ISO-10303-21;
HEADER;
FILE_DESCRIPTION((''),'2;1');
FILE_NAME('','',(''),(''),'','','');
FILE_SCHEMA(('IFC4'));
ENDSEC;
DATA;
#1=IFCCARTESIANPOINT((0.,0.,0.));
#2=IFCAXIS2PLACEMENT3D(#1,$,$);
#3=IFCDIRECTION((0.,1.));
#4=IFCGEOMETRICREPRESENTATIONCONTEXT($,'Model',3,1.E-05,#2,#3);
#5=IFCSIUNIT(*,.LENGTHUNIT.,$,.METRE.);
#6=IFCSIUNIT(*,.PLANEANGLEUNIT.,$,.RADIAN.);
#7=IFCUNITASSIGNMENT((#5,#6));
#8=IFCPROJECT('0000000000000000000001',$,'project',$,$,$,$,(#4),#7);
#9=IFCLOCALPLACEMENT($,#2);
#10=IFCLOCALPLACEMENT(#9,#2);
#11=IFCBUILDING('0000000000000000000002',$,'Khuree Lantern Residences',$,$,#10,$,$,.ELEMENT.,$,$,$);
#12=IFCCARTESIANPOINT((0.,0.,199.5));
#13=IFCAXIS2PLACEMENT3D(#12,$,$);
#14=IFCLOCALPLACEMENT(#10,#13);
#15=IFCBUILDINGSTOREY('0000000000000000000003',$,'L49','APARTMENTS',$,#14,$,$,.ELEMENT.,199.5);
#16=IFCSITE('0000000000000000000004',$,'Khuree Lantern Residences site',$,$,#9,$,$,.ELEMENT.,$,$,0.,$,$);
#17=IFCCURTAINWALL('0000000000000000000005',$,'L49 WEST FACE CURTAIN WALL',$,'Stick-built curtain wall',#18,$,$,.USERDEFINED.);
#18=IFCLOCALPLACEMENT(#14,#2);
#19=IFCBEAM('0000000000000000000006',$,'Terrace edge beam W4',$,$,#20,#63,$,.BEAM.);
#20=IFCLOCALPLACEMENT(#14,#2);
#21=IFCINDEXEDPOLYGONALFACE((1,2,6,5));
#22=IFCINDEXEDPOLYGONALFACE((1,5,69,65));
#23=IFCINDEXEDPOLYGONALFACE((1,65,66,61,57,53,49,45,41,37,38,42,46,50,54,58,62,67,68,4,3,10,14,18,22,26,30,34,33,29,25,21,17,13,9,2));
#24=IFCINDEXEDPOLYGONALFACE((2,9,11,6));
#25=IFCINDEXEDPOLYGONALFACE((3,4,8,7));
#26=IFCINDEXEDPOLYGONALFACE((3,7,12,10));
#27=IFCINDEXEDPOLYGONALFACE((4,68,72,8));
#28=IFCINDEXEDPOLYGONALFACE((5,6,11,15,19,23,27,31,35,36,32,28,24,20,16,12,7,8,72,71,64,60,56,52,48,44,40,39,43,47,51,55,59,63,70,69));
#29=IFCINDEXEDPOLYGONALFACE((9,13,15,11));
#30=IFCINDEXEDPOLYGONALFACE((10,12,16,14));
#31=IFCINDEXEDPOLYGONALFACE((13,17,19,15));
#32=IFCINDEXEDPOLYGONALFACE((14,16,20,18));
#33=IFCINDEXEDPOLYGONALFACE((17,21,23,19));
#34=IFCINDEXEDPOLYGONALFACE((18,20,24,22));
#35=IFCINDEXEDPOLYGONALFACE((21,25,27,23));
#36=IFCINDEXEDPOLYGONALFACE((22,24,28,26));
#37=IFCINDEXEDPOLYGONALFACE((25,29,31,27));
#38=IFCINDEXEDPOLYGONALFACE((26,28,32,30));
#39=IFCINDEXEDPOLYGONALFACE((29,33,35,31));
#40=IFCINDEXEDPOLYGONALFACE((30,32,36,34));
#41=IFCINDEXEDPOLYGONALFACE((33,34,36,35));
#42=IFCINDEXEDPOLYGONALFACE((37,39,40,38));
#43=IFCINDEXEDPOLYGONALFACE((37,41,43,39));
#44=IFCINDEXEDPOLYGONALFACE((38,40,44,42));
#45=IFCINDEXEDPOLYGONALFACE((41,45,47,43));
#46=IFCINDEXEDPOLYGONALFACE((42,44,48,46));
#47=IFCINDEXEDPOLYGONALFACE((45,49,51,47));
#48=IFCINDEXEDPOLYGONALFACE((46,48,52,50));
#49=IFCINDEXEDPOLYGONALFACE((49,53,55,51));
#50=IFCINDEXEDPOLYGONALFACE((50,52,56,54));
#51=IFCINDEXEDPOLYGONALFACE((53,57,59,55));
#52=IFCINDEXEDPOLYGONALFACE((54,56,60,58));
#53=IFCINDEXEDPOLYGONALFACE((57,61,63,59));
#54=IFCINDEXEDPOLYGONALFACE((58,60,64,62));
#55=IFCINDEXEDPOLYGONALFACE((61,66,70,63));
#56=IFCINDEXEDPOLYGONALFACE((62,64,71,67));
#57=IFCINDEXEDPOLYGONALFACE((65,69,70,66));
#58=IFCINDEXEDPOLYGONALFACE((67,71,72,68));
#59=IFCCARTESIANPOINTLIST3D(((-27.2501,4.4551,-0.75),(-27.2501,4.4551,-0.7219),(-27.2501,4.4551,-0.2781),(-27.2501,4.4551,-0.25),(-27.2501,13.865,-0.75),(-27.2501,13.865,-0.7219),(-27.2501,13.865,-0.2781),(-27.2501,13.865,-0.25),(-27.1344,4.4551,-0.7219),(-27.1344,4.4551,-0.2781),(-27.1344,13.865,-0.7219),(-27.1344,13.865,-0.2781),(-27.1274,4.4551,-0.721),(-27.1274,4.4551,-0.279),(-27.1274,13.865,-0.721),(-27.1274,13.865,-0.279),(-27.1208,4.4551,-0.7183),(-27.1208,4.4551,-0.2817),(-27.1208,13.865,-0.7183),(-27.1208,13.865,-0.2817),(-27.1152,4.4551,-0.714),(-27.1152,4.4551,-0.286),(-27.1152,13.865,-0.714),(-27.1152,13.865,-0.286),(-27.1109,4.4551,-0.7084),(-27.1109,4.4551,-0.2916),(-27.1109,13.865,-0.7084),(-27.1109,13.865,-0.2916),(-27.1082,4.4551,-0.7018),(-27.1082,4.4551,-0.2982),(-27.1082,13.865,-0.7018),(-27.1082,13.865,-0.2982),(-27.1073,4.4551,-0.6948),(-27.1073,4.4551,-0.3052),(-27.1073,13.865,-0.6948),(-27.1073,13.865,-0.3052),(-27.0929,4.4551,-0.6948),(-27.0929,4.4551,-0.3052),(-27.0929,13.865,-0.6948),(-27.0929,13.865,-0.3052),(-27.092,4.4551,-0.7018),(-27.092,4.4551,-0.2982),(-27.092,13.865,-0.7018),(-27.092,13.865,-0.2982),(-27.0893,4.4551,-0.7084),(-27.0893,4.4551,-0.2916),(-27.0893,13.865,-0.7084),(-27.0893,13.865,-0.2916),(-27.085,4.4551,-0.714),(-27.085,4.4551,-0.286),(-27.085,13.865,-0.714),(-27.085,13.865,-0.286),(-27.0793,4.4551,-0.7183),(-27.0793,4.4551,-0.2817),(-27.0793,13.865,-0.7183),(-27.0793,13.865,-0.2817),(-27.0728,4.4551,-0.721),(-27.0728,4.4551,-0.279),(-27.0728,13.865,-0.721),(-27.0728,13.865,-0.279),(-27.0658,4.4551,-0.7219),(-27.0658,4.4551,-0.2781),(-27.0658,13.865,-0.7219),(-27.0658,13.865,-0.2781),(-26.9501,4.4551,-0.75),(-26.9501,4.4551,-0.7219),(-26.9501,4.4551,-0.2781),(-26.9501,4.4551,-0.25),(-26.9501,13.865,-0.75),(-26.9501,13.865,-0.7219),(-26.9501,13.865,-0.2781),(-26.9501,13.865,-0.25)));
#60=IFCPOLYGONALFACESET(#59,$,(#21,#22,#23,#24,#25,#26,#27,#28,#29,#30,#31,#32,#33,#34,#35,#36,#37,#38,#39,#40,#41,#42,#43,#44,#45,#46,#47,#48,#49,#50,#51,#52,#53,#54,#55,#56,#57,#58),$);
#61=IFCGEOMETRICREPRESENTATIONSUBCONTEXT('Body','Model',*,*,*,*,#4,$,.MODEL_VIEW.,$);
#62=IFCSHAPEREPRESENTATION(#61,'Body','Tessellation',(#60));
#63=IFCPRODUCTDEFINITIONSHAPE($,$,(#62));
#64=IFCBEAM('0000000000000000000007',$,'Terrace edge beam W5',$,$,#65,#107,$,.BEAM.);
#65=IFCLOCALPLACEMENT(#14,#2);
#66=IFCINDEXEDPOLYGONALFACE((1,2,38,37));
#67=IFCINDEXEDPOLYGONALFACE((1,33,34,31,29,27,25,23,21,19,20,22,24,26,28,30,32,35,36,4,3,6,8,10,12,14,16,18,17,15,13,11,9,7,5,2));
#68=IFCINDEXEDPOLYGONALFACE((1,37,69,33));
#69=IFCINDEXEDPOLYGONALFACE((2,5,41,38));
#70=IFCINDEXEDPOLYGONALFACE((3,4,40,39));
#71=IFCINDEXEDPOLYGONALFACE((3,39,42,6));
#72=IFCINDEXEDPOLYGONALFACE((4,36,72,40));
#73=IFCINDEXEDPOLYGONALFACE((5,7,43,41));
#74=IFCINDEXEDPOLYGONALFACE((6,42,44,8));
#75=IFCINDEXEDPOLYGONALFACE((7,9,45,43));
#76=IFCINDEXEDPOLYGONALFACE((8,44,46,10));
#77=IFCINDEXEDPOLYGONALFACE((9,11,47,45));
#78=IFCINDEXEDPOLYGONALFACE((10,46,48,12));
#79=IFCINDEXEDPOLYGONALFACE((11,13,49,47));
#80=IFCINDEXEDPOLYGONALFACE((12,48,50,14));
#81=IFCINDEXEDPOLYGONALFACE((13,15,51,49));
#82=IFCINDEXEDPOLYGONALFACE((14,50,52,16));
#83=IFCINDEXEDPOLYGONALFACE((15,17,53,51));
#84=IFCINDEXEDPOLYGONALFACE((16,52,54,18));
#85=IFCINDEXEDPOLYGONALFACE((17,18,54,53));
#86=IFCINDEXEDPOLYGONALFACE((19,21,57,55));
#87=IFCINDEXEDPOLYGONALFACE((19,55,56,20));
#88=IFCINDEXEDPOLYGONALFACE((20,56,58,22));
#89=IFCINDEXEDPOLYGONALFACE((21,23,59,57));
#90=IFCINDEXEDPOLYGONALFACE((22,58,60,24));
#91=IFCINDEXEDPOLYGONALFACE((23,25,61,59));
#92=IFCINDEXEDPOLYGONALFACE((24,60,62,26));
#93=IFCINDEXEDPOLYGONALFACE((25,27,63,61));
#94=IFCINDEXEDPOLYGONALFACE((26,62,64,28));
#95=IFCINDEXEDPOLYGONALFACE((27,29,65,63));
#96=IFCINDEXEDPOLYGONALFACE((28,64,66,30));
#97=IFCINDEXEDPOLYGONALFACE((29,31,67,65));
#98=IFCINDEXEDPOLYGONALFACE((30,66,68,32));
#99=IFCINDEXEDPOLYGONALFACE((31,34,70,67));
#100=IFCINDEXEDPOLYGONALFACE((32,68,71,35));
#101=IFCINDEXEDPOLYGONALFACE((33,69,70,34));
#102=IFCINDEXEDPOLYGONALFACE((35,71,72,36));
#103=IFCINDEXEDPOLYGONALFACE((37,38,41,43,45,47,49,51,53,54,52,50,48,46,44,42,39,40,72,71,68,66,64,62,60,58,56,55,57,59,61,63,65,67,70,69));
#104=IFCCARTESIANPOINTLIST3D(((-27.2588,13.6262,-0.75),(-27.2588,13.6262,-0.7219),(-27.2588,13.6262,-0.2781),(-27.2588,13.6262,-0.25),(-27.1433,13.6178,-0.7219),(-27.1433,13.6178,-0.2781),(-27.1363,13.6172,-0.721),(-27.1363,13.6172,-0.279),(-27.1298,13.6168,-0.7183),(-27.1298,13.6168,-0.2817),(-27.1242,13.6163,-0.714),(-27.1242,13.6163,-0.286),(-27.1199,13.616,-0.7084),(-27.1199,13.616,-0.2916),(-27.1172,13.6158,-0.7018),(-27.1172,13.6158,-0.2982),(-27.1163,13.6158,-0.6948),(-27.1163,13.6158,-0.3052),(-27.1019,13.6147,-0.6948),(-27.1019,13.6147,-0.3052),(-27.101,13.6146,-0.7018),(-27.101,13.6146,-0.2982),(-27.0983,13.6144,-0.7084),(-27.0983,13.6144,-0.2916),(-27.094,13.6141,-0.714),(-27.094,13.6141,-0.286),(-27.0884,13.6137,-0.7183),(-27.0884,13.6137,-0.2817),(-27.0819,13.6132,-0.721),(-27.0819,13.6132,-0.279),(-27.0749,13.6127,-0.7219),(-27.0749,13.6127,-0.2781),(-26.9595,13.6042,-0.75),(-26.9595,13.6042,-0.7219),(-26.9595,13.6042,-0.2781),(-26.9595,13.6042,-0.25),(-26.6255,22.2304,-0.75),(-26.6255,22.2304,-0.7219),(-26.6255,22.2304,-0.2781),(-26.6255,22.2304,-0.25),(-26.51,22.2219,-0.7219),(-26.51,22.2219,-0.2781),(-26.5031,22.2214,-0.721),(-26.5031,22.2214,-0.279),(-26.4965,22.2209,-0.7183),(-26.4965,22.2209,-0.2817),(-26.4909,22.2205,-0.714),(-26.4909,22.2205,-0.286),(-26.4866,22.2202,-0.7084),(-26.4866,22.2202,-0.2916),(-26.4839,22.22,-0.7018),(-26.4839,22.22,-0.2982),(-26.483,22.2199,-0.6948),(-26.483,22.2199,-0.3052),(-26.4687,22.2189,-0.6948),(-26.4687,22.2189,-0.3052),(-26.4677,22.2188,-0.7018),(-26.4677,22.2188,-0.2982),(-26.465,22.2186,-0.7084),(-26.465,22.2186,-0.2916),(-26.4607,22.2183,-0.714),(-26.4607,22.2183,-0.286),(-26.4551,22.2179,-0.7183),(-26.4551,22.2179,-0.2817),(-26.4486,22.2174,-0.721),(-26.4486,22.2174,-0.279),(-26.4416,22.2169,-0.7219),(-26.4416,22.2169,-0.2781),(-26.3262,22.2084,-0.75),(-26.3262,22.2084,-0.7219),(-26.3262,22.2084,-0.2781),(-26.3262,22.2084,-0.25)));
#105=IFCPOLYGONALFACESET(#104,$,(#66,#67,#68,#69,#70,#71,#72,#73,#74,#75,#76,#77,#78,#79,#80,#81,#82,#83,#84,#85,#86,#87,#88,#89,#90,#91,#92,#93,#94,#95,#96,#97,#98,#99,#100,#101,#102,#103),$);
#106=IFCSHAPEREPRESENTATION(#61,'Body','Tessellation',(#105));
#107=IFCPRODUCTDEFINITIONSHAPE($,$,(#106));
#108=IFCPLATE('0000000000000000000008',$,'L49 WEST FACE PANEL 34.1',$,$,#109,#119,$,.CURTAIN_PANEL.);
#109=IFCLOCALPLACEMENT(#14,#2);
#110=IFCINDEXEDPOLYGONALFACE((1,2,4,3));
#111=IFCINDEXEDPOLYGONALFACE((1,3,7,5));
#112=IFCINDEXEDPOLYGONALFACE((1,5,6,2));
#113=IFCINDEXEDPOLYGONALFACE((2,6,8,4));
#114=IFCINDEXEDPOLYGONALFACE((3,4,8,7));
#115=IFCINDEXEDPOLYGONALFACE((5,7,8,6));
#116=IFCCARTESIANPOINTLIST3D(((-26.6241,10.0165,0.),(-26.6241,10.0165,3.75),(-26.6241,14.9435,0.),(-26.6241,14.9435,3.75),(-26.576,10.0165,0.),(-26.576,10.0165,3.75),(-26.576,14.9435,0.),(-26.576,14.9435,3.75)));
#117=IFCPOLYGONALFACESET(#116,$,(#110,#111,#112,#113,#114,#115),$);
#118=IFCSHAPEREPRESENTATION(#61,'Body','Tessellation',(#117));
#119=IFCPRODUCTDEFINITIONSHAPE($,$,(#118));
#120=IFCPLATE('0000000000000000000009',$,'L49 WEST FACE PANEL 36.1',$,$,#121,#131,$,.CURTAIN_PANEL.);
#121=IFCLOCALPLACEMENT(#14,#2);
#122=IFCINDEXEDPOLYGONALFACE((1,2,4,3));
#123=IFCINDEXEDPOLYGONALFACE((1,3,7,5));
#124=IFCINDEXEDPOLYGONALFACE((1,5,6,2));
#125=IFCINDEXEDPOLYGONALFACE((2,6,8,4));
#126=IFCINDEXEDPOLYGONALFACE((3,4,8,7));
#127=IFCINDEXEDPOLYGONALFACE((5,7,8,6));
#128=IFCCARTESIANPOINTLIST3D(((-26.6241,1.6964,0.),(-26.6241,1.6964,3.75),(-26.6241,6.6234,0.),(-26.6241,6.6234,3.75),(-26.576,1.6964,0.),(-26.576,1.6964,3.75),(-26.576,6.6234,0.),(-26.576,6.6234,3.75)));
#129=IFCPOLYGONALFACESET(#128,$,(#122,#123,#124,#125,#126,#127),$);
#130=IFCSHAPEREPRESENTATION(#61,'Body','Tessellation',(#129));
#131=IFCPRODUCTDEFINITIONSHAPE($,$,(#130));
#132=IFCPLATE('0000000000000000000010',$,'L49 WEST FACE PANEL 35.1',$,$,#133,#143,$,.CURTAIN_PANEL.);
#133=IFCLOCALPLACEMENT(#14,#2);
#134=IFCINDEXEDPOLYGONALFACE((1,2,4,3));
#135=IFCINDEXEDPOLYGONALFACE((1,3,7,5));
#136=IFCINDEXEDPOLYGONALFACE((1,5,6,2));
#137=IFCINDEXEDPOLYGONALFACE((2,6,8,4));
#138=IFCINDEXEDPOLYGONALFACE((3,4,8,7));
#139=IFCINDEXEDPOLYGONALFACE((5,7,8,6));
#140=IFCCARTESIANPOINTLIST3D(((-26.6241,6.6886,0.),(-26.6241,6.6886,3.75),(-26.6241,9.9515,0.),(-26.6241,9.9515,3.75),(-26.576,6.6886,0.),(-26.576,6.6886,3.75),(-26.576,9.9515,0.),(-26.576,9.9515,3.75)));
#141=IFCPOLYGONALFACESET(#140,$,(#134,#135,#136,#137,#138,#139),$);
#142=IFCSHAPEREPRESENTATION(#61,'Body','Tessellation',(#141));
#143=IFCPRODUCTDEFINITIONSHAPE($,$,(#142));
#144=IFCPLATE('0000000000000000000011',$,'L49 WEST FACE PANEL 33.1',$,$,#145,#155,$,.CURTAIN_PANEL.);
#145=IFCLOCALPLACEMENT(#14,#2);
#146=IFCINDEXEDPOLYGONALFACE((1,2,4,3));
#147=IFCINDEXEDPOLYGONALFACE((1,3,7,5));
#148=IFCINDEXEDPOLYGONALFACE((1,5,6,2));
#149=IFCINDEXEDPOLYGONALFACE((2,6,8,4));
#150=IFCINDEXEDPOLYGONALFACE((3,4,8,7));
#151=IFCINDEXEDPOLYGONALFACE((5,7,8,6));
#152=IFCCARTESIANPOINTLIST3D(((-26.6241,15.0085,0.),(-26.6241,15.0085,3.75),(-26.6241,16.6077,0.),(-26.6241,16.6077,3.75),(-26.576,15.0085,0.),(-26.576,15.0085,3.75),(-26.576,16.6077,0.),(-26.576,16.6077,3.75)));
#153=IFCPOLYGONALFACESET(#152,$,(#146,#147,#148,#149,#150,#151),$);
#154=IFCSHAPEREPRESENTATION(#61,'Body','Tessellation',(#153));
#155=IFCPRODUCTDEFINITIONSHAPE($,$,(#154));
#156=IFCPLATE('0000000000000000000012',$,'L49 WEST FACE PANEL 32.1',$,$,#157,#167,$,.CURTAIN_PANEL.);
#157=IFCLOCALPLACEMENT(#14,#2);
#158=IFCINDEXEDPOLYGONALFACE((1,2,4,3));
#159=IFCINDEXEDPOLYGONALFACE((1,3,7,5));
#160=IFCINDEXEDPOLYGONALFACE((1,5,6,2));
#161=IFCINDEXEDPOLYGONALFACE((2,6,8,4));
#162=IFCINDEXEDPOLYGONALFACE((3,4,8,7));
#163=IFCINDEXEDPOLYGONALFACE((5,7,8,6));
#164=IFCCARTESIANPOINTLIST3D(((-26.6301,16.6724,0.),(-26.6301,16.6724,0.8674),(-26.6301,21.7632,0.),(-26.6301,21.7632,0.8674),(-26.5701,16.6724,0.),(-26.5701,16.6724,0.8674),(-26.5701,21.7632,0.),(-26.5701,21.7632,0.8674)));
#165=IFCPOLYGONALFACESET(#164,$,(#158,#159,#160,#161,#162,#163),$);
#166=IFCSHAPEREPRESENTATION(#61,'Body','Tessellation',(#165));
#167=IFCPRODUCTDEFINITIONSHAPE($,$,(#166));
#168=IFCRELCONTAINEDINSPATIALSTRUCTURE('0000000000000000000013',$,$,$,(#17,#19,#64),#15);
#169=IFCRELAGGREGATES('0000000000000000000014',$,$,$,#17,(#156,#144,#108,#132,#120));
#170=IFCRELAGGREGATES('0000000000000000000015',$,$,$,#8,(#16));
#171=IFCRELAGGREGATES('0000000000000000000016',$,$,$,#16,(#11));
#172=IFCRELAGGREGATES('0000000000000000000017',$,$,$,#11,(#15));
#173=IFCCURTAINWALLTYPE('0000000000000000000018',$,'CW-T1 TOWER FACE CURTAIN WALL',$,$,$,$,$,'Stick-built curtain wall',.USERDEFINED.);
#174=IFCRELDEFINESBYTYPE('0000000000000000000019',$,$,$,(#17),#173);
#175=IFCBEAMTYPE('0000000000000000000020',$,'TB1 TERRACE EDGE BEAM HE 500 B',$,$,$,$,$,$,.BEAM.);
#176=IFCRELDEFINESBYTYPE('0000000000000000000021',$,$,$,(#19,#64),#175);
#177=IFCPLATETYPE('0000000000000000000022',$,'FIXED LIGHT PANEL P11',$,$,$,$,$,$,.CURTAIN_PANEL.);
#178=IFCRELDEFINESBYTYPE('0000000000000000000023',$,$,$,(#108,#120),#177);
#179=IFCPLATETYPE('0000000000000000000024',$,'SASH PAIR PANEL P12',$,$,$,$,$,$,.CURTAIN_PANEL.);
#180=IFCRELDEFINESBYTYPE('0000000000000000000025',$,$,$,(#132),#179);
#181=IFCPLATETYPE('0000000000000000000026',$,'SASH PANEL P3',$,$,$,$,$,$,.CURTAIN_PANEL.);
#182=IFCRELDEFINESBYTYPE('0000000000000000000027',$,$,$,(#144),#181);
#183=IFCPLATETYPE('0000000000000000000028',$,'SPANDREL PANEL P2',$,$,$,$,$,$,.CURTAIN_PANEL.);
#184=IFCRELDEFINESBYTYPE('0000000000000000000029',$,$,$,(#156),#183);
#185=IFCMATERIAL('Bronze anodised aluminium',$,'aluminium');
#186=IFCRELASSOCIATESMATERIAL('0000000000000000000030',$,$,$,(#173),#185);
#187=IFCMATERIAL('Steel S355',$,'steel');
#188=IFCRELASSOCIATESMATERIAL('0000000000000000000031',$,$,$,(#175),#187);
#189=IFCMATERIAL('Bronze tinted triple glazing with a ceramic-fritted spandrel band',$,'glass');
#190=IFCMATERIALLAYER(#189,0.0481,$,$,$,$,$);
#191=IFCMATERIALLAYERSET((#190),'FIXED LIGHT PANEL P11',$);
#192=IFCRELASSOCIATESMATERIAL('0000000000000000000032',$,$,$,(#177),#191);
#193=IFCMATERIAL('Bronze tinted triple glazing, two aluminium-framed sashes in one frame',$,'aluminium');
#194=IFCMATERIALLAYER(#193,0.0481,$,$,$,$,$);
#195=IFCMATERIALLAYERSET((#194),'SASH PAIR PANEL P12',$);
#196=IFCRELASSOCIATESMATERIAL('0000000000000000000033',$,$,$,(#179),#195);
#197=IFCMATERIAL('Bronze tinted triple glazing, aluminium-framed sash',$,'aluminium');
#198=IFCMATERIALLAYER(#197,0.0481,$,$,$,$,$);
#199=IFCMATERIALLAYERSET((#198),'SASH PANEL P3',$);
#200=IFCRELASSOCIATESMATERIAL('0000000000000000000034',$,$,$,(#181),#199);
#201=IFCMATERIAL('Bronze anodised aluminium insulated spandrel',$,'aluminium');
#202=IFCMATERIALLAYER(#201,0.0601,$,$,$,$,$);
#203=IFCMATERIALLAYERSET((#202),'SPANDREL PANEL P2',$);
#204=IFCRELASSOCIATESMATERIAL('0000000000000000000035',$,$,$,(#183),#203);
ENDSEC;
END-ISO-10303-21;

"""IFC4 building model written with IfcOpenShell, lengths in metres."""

from ifc_helpers import new_model, si_unit, direction, frame, origin, origin_2d, place, context, subcontext, project, spatial, rectangle, i_section, extrude, material, layer, layer_set, material_profile, profile_set, type_object, element, aggregate, save


model = new_model("IFC4")

# Units and contexts
model_context = context("Model", 3, precision=1e-05, world=origin(), true_north=direction((0.0, 1.0)))
body_context = subcontext(model_context, "Body", "Model", "MODEL_VIEW")
ifc_project = project(units=[si_unit("LENGTHUNIT", "METRE"), si_unit("PLANEANGLEUNIT", "RADIAN")], contexts=[model_context])

# Site, building, storey
site_placement = place(None, origin())
site = spatial("IfcSite", under=ifc_project, at=site_placement, Name="Khuree Lantern Residences site", CompositionType="ELEMENT", RefElevation=0.0)
building_placement = place(site_placement, origin())
building = spatial("IfcBuilding", under=site, at=building_placement, Name="Khuree Lantern Residences", CompositionType="ELEMENT")
storey_placement = place(building_placement, frame((0.0, 0.0, 199.5)))
storey = spatial("IfcBuildingStorey", under=building, at=storey_placement, Name="L49", Description="APARTMENTS", CompositionType="ELEMENT", Elevation=199.5)

# Shared definitions
ifc_material_1 = material(Name="Steel S355", Category="steel")

# Curtain wall
ifc_material_2 = material(Name="Bronze anodised aluminium", Category="aluminium")
curtain_wall_type = type_object("IfcCurtainWallType", Name="CW-T1 TOWER FACE CURTAIN WALL", ElementType="Stick-built curtain wall", PredefinedType="USERDEFINED", material=ifc_material_2)
curtain_wall_placement = place(storey_placement, origin())
curtain_wall = element("IfcCurtainWall", 1, at=curtain_wall_placement, inside=storey, type_object=curtain_wall_type, Name="L49 WEST FACE CURTAIN WALL", ObjectType="Stick-built curtain wall", PredefinedType="USERDEFINED")

# Beams
ifc_material_profile_1 = material_profile(ifc_material_1, i_section(OverallWidth=0.3, OverallDepth=0.5, WebThickness=0.0144, FlangeThickness=0.0281, FilletRadius=0.0271, at=origin_2d()), Name="HE 500 B")
ifc_profile_set_1 = profile_set([ifc_material_profile_1], Name="Steel S355")
beam_type_1 = type_object("IfcBeamType", Name="TB1 TERRACE EDGE BEAM HE 500 B", PredefinedType="BEAM", material=ifc_profile_set_1)
beam_1_placement = place(storey_placement, frame((-27.1001, 4.4551, -0.5), z_axis=(0.0, 1.0, 0.0), x_axis=(-1.0, 0.0, 0.0)))
element("IfcBeam", 2, at=beam_1_placement, inside=storey, type_object=beam_type_1, Name="Terrace edge beam W4", PredefinedType="BEAM", context=body_context, shape_type="SweptSolid", body=[
    extrude(i_section(OverallWidth=0.3, OverallDepth=0.5, WebThickness=0.0144, FlangeThickness=0.0281, FilletRadius=0.0271, at=origin_2d()), origin(), (0.0, 0.0, 1.0), 9.4099),
])
beam_2_placement = place(storey_placement, frame((-27.1091, 13.6152, -0.5), z_axis=(0.073405, 0.997302, 0.0), x_axis=(-0.997302, 0.073405, 0.0)))
element("IfcBeam", 3, at=beam_2_placement, inside=storey, type_object=beam_type_1, Name="Terrace edge beam W5", PredefinedType="BEAM", context=body_context, shape_type="SweptSolid", body=[
    extrude(i_section(OverallWidth=0.3, OverallDepth=0.5, WebThickness=0.0144, FlangeThickness=0.0281, FilletRadius=0.0271, at=origin_2d()), origin(), (0.0, 0.0, 1.0), 8.6274),
])

# Plates
ifc_material_3 = material(Name="Bronze tinted triple glazing with a ceramic-fritted spandrel band", Category="glass")
ifc_layer_1 = layer(ifc_material_3, 0.0481)
ifc_layer_set_1 = layer_set([ifc_layer_1], Name="FIXED LIGHT PANEL P11")
plate_type_1 = type_object("IfcPlateType", Name="FIXED LIGHT PANEL P11", PredefinedType="CURTAIN_PANEL", material=ifc_layer_set_1)
plate_1_placement = place(storey_placement, frame((-26.6001, 12.48, 0.0), z_axis=(0.0, 0.0, 1.0), x_axis=(0.0, -1.0, 0.0)))
plate_1 = element("IfcPlate", 4, at=plate_1_placement, type_object=plate_type_1, Name="L49 WEST FACE PANEL 34.1", PredefinedType="CURTAIN_PANEL", context=body_context, shape_type="SweptSolid", body=[
    extrude(rectangle(XDim=4.927, YDim=0.0481, at=origin_2d()), origin(), (0.0, 0.0, 1.0), 3.75),
])
plate_2_placement = place(storey_placement, frame((-26.6001, 4.1599, 0.0), z_axis=(0.0, 0.0, 1.0), x_axis=(0.0, -1.0, 0.0)))
plate_2 = element("IfcPlate", 5, at=plate_2_placement, type_object=plate_type_1, Name="L49 WEST FACE PANEL 36.1", PredefinedType="CURTAIN_PANEL", context=body_context, shape_type="SweptSolid", body=[
    extrude(rectangle(XDim=4.927, YDim=0.0481, at=origin_2d()), origin(), (0.0, 0.0, 1.0), 3.75),
])
ifc_material_4 = material(Name="Bronze tinted triple glazing, two aluminium-framed sashes in one frame", Category="aluminium")
ifc_layer_2 = layer(ifc_material_4, 0.0481)
ifc_layer_set_2 = layer_set([ifc_layer_2], Name="SASH PAIR PANEL P12")
plate_type_2 = type_object("IfcPlateType", Name="SASH PAIR PANEL P12", PredefinedType="CURTAIN_PANEL", material=ifc_layer_set_2)
plate_3_placement = place(storey_placement, frame((-26.6001, 8.3201, 0.0), z_axis=(0.0, 0.0, 1.0), x_axis=(0.0, -1.0, 0.0)))
plate_3 = element("IfcPlate", 6, at=plate_3_placement, type_object=plate_type_2, Name="L49 WEST FACE PANEL 35.1", PredefinedType="CURTAIN_PANEL", context=body_context, shape_type="SweptSolid", body=[
    extrude(rectangle(XDim=3.2629, YDim=0.0481, at=origin_2d()), origin(), (0.0, 0.0, 1.0), 3.75),
])
ifc_material_5 = material(Name="Bronze tinted triple glazing, aluminium-framed sash", Category="aluminium")
ifc_layer_3 = layer(ifc_material_5, 0.0481)
ifc_layer_set_3 = layer_set([ifc_layer_3], Name="SASH PANEL P3")
plate_type_3 = type_object("IfcPlateType", Name="SASH PANEL P3", PredefinedType="CURTAIN_PANEL", material=ifc_layer_set_3)
plate_4_placement = place(storey_placement, frame((-26.6001, 15.8081, 0.0), z_axis=(0.0, 0.0, 1.0), x_axis=(0.0, -1.0, 0.0)))
plate_4 = element("IfcPlate", 7, at=plate_4_placement, type_object=plate_type_3, Name="L49 WEST FACE PANEL 33.1", PredefinedType="CURTAIN_PANEL", context=body_context, shape_type="SweptSolid", body=[
    extrude(rectangle(XDim=1.5991, YDim=0.0481, at=origin_2d()), origin(), (0.0, 0.0, 1.0), 3.75),
])
ifc_material_6 = material(Name="Bronze anodised aluminium insulated spandrel", Category="aluminium")
ifc_layer_4 = layer(ifc_material_6, 0.0601)
ifc_layer_set_4 = layer_set([ifc_layer_4], Name="SPANDREL PANEL P2")
plate_type_4 = type_object("IfcPlateType", Name="SPANDREL PANEL P2", PredefinedType="CURTAIN_PANEL", material=ifc_layer_set_4)
plate_5_placement = place(storey_placement, frame((-26.6001, 19.2178, 0.0), z_axis=(0.0, 0.0, 1.0), x_axis=(0.0, -1.0, 0.0)))
plate_5 = element("IfcPlate", 8, at=plate_5_placement, type_object=plate_type_4, Name="L49 WEST FACE PANEL 32.1", PredefinedType="CURTAIN_PANEL", context=body_context, shape_type="SweptSolid", body=[
    extrude(rectangle(XDim=5.0908, YDim=0.0601, at=origin_2d()), origin(), (0.0, 0.0, 1.0), 0.8674),
])
aggregate(curtain_wall, [plate_5, plate_4, plate_1, plate_3, plate_2])

save(model, "model.ifc")
